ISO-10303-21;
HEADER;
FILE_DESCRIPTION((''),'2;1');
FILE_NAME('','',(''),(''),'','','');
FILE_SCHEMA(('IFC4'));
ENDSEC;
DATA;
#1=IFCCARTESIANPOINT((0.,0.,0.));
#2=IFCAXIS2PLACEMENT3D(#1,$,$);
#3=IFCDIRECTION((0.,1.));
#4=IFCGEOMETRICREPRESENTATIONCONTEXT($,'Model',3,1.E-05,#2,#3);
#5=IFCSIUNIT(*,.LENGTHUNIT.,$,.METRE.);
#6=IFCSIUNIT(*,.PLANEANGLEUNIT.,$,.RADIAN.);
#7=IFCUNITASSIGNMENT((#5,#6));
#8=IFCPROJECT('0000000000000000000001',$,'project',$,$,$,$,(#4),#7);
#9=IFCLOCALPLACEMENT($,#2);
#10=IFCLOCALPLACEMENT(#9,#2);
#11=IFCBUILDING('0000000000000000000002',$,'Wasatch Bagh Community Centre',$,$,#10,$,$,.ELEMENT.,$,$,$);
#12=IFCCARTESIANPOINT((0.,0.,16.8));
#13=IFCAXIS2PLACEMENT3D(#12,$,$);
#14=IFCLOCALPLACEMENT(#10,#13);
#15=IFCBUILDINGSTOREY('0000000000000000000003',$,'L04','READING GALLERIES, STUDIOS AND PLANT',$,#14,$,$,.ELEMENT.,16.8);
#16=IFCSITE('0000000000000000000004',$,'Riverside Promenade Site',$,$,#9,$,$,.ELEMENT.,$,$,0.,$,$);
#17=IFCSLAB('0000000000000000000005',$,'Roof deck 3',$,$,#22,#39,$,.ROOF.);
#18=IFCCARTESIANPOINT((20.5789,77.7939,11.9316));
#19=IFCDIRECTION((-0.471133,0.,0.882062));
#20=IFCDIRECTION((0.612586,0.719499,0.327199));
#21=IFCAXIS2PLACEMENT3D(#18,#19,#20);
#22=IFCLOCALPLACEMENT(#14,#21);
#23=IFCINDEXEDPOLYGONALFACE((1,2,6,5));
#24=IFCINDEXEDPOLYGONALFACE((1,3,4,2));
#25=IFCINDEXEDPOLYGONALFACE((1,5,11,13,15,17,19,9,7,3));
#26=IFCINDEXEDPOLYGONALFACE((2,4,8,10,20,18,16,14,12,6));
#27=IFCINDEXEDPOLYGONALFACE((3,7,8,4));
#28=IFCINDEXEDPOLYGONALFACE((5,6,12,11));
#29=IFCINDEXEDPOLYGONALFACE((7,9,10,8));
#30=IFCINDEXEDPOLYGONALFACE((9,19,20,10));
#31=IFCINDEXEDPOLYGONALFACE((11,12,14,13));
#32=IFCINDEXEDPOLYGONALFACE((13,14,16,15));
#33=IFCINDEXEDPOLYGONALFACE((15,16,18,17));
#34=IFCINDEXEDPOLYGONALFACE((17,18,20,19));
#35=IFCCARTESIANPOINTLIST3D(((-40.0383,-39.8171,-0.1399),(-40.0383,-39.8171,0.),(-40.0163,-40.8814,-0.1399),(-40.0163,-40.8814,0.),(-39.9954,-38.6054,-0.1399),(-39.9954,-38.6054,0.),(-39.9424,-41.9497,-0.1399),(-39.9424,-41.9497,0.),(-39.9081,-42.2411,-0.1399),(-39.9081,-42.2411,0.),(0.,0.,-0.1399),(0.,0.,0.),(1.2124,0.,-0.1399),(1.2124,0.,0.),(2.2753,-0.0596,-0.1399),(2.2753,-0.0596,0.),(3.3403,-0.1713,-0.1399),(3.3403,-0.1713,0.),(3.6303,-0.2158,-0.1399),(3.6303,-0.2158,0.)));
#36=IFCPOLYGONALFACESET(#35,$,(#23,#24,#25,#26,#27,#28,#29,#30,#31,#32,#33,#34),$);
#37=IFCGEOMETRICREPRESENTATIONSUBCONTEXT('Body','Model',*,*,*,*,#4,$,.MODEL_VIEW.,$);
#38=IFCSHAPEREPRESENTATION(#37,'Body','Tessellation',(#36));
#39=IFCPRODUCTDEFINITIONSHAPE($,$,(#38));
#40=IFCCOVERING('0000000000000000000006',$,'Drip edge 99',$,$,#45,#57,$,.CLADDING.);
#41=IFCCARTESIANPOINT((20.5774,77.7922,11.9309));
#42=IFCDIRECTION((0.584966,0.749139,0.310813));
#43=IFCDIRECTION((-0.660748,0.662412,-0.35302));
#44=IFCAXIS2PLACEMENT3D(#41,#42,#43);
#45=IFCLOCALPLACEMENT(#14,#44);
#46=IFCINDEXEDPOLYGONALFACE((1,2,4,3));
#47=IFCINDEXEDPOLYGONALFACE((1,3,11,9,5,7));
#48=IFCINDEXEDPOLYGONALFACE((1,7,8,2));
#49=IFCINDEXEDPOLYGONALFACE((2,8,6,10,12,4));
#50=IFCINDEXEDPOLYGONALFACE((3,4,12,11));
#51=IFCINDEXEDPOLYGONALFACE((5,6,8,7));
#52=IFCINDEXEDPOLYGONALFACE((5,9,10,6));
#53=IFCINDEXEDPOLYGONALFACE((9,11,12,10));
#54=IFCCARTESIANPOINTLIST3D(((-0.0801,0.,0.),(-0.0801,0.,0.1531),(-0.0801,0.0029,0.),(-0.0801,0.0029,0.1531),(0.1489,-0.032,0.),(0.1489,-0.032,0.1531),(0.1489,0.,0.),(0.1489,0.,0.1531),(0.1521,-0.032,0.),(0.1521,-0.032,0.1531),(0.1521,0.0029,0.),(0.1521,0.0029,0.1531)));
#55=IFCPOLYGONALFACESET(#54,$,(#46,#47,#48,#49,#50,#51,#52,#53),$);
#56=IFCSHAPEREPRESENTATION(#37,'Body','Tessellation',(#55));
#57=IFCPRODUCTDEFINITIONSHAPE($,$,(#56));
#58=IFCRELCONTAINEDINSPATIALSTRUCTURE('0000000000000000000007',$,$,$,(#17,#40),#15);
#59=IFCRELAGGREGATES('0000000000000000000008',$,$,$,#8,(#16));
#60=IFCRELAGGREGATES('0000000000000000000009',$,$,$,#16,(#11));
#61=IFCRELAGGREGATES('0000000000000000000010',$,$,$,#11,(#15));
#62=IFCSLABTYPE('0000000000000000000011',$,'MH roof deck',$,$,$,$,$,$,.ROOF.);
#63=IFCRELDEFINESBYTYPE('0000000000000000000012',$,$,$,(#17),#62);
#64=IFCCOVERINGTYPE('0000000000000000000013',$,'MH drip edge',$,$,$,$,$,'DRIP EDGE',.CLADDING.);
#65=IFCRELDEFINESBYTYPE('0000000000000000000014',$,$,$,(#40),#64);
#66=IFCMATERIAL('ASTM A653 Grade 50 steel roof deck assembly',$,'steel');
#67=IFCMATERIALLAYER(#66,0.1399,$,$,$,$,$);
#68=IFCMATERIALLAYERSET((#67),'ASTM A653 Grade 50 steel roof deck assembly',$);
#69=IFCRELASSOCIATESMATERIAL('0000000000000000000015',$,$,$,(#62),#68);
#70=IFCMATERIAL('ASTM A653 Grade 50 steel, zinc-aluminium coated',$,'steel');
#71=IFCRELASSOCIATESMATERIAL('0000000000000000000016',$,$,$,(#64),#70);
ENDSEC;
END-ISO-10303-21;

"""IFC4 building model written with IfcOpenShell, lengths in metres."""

from ifc_helpers import new_model, si_unit, direction, frame, origin, place, context, subcontext, project, spatial, polyline, outline, extrude, material, layer, layer_set, material_profile, profile_set, type_object, element, save


model = new_model("IFC4")

# Units and contexts
model_context = context("Model", 3, precision=1e-05, world=origin(), true_north=direction((0.0, 1.0)))
body_context = subcontext(model_context, "Body", "Model", "MODEL_VIEW")
ifc_project = project(units=[si_unit("LENGTHUNIT", "METRE"), si_unit("PLANEANGLEUNIT", "RADIAN")], contexts=[model_context])

# Site, building, storey
site_placement = place(None, origin())
site = spatial("IfcSite", under=ifc_project, at=site_placement, Name="Riverside Promenade Site", CompositionType="ELEMENT", RefElevation=0.0)
building_placement = place(site_placement, origin())
building = spatial("IfcBuilding", under=site, at=building_placement, Name="Wasatch Bagh Community Centre", CompositionType="ELEMENT")
storey_placement = place(building_placement, frame((0.0, 0.0, 16.8)))
storey = spatial("IfcBuildingStorey", under=building, at=storey_placement, Name="L04", Description="READING GALLERIES, STUDIOS AND PLANT", CompositionType="ELEMENT", Elevation=16.8)

# Slab
ifc_material_1 = material(Name="ASTM A653 Grade 50 steel roof deck assembly", Category="steel")
ifc_layer_1 = layer(ifc_material_1, 0.1399)
ifc_layer_set_1 = layer_set([ifc_layer_1], Name="ASTM A653 Grade 50 steel roof deck assembly")
slab_type = type_object("IfcSlabType", Name="MH roof deck", PredefinedType="ROOF", material=ifc_layer_set_1)
slab_placement = place(storey_placement, frame((20.5789, 77.7939, 11.9316), z_axis=(-0.471133, 0.0, 0.882062), x_axis=(0.612586, 0.719499, 0.327199)))
element("IfcSlab", 1, at=slab_placement, inside=storey, type_object=slab_type, Name="Roof deck 3", PredefinedType="ROOF", context=body_context, shape_type="SweptSolid", body=[
    extrude(outline(polyline([(0.0, 0.0), (1.2124, 0.0), (2.2753, -0.0596), (3.3403, -0.1713), (3.6303, -0.2158), (-39.9081, -42.2411), (-39.9424, -41.9497), (-40.0163, -40.8814), (-40.0383, -39.8171), (-39.9954, -38.6054), (0.0, 0.0)])), origin(), (0.0, 0.0, -1.0), 0.1399),
])

# Covering
ifc_material_2 = material(Name="ASTM A653 Grade 50 steel, zinc-aluminium coated", Category="steel")
ifc_material_profile_1 = material_profile(ifc_material_2, outline(polyline([(-0.0801, 0.0029), (0.1521, 0.0029), (0.1521, -0.032), (0.1489, -0.032), (0.1489, 0.0), (-0.0801, 0.0), (-0.0801, 0.0029)])), Name="DRIP EDGE")
ifc_profile_set_1 = profile_set([ifc_material_profile_1], Name="ASTM A653 Grade 50 steel, zinc-aluminium coated")
covering_type_1 = type_object("IfcCoveringType", Name="MH drip edge", ElementType="DRIP EDGE", PredefinedType="CLADDING", material=ifc_profile_set_1)
covering_1_placement = place(storey_placement, frame((20.5774, 77.7922, 11.9309), z_axis=(0.584966, 0.749139, 0.310813), x_axis=(-0.660748, 0.662412, -0.35302)))
element("IfcCovering", 2, at=covering_1_placement, inside=storey, type_object=covering_type_1, Name="Drip edge 99", PredefinedType="CLADDING", context=body_context, shape_type="SweptSolid", body=[
    extrude(outline(polyline([(-0.0801, 0.0029), (0.1521, 0.0029), (0.1521, -0.032), (0.1489, -0.032), (0.1489, 0.0), (-0.0801, 0.0), (-0.0801, 0.0029)])), origin(), (0.0, 0.0, 1.0), 0.1531),
])

save(model, "model.ifc")
